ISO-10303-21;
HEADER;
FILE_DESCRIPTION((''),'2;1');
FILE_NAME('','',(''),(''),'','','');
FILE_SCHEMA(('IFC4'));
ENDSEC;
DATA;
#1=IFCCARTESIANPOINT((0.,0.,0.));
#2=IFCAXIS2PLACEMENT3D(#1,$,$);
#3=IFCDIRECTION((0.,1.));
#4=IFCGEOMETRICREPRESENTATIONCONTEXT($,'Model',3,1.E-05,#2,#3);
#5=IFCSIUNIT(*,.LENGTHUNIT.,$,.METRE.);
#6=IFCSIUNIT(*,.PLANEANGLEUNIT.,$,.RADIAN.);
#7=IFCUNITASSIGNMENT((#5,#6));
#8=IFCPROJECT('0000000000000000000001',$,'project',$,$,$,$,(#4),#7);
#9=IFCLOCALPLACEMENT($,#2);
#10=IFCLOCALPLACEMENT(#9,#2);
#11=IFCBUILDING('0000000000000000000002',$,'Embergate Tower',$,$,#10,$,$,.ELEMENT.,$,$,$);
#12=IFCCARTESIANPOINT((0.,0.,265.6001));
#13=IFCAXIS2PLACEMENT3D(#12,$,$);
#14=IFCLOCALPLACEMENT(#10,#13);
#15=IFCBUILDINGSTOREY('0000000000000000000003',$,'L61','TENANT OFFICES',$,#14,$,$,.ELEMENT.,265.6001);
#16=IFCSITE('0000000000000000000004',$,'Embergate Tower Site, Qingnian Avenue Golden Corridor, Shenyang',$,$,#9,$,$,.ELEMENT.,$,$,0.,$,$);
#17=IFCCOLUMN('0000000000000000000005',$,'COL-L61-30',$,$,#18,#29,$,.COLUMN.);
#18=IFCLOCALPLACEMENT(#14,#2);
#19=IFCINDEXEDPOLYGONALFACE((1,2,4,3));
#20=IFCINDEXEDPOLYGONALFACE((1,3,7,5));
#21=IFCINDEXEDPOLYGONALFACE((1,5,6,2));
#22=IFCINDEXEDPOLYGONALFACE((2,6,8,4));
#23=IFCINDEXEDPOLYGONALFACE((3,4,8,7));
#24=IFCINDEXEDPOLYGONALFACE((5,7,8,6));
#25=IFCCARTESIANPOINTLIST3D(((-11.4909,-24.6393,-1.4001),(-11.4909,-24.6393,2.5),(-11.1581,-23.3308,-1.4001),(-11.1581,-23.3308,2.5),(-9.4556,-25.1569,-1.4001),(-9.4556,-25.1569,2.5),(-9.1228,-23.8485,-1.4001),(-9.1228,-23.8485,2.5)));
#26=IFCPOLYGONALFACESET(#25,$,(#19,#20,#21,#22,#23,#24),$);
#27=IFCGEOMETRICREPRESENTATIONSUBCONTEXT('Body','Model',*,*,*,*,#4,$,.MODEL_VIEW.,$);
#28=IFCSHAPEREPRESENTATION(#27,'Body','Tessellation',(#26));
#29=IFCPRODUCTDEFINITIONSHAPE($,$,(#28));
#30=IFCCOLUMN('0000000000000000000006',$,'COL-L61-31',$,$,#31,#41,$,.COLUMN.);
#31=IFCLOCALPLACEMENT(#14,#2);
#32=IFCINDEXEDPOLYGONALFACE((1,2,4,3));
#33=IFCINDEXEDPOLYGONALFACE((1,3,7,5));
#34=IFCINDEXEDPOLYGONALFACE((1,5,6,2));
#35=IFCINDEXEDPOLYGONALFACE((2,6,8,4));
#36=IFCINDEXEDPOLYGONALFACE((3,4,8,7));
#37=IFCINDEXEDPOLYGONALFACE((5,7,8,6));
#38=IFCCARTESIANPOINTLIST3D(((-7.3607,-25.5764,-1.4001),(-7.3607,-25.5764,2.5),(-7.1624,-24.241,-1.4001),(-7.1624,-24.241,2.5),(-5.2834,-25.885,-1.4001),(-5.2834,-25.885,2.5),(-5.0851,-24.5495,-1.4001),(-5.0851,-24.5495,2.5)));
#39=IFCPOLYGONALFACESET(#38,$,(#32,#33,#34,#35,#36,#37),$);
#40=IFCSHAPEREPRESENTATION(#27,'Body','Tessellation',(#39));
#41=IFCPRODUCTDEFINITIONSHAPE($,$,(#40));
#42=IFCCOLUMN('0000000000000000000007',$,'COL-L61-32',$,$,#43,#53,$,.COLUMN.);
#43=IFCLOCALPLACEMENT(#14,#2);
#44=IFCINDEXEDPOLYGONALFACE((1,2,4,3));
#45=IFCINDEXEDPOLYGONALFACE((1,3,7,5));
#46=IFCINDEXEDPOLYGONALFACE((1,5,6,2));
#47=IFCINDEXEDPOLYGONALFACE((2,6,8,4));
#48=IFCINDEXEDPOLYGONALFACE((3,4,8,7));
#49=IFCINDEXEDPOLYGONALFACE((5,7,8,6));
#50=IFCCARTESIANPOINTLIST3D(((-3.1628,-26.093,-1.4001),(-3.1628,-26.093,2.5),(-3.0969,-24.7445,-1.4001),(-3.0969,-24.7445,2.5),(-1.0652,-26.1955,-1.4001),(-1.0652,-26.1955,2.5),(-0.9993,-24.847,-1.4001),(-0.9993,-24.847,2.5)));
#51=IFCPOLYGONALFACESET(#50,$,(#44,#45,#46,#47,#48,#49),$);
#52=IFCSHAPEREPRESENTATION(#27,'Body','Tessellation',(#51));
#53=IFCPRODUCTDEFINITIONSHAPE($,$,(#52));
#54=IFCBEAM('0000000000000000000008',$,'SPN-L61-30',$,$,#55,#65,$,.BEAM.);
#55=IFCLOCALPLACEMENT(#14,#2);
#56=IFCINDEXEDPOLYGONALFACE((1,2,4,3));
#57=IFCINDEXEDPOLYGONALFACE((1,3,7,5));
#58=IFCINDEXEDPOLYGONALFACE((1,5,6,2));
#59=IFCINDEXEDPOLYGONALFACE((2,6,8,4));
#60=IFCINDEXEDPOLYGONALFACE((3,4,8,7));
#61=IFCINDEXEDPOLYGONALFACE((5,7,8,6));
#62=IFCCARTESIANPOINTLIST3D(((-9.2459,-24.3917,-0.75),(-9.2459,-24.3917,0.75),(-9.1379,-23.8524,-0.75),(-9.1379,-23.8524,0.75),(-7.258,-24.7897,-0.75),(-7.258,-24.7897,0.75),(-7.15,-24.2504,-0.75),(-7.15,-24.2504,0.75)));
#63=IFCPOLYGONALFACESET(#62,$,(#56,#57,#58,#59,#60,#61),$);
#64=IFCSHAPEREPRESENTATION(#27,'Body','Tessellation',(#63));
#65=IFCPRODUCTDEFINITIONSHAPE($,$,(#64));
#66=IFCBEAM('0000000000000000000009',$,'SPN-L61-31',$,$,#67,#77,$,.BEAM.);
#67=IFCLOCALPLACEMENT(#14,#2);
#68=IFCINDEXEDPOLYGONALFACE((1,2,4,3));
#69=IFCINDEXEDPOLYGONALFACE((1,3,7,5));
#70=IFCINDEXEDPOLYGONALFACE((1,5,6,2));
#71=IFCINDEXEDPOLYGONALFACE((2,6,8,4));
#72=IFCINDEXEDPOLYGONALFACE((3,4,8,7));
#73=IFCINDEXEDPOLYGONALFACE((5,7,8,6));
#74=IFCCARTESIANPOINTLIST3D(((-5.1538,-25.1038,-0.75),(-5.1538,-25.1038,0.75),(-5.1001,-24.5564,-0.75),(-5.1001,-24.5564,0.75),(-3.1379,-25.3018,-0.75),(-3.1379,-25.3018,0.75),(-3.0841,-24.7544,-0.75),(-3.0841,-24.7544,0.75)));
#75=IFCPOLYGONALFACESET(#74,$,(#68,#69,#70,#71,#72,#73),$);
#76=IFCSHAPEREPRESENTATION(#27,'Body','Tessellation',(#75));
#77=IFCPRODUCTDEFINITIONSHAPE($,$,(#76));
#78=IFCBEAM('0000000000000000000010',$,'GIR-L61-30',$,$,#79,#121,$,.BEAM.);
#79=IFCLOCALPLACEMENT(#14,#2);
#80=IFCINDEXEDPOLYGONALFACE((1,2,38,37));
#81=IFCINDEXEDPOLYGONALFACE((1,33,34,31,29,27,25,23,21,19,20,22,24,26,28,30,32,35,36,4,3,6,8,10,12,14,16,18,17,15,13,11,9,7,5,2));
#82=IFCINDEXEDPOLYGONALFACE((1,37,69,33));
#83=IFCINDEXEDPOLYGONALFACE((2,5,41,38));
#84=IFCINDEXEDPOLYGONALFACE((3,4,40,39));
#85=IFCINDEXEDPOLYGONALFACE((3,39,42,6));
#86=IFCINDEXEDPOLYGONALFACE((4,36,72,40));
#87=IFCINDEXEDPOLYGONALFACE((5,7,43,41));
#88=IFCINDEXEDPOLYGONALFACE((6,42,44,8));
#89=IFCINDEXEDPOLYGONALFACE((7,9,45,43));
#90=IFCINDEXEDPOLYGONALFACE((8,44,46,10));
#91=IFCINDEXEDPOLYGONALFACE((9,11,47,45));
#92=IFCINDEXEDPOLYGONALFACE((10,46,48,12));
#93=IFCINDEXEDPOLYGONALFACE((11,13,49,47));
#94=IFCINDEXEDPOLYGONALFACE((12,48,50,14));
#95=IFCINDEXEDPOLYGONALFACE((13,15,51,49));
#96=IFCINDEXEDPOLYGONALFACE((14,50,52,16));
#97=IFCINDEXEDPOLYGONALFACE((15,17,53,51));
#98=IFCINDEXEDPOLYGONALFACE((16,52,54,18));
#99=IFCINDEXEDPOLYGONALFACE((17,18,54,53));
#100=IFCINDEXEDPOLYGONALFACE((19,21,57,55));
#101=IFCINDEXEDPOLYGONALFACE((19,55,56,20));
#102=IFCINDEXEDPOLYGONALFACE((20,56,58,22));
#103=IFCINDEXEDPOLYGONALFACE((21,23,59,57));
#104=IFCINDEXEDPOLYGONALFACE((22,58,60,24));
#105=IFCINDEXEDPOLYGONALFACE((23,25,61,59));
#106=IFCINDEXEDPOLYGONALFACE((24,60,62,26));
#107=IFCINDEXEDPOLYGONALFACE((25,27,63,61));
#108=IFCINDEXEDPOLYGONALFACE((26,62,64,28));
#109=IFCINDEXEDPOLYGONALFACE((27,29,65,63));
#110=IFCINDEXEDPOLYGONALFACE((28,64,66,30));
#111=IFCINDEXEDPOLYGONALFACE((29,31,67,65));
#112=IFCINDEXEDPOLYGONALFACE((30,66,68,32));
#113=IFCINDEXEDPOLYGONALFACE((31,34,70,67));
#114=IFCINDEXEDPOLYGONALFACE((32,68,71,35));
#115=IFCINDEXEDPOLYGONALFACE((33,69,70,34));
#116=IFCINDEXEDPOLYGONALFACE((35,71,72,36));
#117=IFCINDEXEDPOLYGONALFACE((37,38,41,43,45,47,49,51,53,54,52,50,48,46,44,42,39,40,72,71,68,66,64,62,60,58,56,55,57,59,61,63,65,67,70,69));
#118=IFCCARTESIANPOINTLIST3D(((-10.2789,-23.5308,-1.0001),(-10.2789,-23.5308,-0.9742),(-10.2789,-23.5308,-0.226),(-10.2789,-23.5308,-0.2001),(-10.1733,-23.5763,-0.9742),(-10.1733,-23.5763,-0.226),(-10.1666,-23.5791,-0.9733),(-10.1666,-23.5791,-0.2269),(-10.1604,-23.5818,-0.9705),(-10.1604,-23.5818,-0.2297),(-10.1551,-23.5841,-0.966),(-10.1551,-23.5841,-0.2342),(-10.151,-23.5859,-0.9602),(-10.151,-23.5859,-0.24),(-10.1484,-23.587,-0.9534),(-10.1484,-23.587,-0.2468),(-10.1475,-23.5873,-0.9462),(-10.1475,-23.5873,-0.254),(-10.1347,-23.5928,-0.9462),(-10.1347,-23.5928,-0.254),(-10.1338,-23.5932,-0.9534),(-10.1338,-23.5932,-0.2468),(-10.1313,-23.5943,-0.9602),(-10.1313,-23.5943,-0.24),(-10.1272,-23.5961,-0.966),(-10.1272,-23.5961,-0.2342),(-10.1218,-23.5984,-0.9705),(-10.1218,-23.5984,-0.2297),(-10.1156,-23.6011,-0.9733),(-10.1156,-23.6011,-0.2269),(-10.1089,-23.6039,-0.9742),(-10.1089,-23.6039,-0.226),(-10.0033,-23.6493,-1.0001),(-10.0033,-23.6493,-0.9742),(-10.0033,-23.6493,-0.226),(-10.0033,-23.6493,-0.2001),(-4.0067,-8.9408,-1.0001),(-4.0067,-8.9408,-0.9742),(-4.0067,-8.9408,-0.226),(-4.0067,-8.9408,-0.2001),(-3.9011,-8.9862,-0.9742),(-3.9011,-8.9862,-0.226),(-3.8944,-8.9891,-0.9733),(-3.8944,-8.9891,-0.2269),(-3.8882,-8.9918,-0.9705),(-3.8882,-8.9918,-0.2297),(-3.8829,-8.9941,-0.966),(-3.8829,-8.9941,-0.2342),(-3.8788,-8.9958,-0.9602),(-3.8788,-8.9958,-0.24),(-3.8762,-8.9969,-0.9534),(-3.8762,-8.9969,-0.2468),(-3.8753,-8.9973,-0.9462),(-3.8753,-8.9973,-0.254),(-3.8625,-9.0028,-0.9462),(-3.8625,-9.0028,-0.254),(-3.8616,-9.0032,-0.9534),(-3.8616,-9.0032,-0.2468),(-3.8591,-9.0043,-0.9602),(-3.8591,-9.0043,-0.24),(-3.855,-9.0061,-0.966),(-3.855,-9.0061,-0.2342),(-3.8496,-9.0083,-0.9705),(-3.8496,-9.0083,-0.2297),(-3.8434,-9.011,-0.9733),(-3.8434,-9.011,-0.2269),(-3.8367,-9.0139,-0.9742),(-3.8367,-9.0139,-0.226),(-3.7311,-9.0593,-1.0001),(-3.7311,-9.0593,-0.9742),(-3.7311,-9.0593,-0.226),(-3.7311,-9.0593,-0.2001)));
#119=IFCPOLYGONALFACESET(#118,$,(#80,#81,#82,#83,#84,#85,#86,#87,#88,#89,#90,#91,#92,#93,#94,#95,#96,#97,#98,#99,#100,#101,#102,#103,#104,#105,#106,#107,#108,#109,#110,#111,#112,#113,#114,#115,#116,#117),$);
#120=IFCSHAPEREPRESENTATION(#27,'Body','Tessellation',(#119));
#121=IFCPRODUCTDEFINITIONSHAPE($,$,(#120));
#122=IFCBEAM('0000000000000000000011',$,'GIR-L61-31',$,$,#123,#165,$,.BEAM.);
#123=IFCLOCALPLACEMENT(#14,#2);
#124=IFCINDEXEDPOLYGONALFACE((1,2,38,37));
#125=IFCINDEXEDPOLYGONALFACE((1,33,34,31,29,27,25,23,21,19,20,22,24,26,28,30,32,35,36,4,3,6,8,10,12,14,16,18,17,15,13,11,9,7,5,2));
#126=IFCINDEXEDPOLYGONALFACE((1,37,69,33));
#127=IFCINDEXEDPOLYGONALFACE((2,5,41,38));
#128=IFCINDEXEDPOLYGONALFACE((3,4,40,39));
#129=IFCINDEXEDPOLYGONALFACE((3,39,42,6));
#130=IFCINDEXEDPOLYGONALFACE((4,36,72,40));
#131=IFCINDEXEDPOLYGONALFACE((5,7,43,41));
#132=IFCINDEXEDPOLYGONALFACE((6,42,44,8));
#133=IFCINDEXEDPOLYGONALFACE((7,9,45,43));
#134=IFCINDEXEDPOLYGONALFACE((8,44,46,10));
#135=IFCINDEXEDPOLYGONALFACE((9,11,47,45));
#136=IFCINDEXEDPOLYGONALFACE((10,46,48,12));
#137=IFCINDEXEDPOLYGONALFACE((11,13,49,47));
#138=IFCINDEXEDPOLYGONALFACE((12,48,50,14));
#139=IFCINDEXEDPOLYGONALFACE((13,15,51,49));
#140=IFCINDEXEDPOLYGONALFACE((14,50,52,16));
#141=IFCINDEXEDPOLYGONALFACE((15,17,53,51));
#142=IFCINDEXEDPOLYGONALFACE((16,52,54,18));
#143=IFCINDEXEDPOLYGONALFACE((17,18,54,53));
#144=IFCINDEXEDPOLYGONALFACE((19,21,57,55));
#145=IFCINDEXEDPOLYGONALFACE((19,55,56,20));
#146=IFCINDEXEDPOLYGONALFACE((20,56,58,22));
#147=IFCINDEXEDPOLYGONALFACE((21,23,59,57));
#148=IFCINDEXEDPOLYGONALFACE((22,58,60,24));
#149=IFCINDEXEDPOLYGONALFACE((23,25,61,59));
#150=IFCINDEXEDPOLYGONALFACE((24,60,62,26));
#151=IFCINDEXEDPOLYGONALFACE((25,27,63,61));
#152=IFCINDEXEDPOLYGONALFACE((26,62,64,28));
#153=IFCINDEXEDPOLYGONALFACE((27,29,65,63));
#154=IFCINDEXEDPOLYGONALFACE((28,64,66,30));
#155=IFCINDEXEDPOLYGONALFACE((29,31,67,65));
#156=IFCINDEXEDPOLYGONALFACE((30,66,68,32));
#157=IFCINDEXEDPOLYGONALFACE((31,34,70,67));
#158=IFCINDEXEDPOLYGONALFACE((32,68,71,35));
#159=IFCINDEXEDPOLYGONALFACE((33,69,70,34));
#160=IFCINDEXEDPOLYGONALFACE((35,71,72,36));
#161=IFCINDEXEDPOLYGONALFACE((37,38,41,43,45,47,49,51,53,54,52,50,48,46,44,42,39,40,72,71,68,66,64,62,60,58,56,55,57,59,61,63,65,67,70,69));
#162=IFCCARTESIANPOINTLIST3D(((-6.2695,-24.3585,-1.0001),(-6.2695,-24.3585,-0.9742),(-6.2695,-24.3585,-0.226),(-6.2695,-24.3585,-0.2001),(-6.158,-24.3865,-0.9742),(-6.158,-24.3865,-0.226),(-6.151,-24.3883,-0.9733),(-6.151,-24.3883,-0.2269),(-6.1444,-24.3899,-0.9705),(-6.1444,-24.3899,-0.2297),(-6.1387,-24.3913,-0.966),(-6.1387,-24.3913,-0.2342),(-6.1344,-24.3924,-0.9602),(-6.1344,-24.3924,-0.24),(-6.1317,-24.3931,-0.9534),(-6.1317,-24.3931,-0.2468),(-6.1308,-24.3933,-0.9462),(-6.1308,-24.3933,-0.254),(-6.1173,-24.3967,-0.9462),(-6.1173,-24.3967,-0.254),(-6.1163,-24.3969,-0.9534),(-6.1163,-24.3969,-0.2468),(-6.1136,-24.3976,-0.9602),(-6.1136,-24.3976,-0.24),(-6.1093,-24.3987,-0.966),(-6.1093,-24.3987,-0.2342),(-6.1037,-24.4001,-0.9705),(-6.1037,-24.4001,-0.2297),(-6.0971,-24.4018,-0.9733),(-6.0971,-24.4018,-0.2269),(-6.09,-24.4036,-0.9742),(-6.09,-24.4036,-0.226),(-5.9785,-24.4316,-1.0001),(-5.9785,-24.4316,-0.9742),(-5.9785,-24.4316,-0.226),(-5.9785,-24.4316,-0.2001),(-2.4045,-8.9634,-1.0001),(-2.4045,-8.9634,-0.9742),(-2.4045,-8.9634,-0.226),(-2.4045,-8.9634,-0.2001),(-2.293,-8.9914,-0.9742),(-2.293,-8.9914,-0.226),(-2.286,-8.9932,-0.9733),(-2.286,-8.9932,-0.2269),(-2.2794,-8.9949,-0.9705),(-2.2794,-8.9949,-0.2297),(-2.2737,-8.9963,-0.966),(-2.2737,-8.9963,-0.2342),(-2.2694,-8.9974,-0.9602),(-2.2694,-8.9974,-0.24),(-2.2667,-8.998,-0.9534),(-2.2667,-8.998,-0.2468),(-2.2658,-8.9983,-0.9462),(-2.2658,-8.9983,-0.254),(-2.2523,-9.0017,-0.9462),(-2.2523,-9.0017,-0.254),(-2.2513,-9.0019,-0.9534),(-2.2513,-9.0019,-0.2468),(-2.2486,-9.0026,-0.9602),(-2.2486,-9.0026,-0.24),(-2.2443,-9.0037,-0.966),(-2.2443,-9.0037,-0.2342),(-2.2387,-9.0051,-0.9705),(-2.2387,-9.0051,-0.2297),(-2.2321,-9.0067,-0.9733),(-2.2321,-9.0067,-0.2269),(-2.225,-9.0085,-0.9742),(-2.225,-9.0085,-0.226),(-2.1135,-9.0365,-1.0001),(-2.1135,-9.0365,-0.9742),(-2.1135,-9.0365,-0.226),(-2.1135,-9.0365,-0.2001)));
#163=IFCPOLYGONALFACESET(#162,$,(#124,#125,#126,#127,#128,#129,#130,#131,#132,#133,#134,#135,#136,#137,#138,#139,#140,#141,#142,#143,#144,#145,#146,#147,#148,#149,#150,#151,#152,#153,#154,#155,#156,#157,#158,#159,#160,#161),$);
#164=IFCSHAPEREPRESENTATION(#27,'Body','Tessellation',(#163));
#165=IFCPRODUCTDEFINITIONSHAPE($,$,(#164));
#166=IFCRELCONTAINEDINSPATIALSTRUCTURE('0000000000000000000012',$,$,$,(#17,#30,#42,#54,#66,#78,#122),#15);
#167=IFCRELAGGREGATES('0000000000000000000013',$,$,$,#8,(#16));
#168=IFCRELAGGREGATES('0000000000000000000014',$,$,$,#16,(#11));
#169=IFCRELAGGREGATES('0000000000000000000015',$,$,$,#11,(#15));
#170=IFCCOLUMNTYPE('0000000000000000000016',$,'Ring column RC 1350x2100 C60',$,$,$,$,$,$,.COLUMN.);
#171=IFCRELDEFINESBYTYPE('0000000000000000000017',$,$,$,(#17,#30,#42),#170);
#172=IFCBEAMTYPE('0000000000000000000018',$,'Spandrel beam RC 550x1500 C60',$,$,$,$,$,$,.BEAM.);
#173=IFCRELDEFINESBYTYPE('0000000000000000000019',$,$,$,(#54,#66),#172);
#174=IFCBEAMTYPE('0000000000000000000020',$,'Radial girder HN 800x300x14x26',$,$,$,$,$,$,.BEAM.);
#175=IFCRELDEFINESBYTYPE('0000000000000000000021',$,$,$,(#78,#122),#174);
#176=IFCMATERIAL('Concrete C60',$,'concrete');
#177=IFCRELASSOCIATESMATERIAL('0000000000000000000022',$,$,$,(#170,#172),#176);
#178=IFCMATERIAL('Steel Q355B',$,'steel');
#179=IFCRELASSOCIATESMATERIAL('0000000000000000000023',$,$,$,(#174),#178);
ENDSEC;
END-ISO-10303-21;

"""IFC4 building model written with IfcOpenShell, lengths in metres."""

from ifc_helpers import new_model, si_unit, direction, frame, origin, origin_2d, place, context, subcontext, project, spatial, rectangle, i_section, extrude, source, transform, mapped, material, material_profile, profile_set, type_object, element, save


model = new_model("IFC4")

# Units and contexts
model_context = context("Model", 3, precision=1e-05, world=origin(), true_north=direction((0.0, 1.0)))
body_context = subcontext(model_context, "Body", "Model", "MODEL_VIEW")
ifc_project = project(units=[si_unit("LENGTHUNIT", "METRE"), si_unit("PLANEANGLEUNIT", "RADIAN")], contexts=[model_context])

# Site, building, storey
site_placement = place(None, origin())
site = spatial("IfcSite", under=ifc_project, at=site_placement, Name="Embergate Tower Site, Qingnian Avenue Golden Corridor, Shenyang", CompositionType="ELEMENT", RefElevation=0.0)
building_placement = place(site_placement, origin())
building = spatial("IfcBuilding", under=site, at=building_placement, Name="Embergate Tower", CompositionType="ELEMENT")
storey_placement = place(building_placement, frame((0.0, 0.0, 265.6001)))
storey = spatial("IfcBuildingStorey", under=building, at=storey_placement, Name="L61", Description="TENANT OFFICES", CompositionType="ELEMENT", Elevation=265.6001)

# Columns
ifc_material_1 = material(Name="Concrete C60", Category="concrete")
ifc_material_profile_1 = material_profile(ifc_material_1, rectangle(XDim=1.3501, YDim=2.1001, at=origin_2d()), Name="RC 1350x2100")
ifc_profile_set_1 = profile_set([ifc_material_profile_1], Name="Concrete C60")
column_type = type_object("IfcColumnType", Name="Ring column RC 1350x2100 C60", PredefinedType="COLUMN", material=ifc_profile_set_1)
shared_shape_1 = source(origin(), body_context, "Body", "SweptSolid", [
    extrude(rectangle(XDim=1.3501, YDim=2.1001, at=origin_2d()), origin(), (0.0, 0.0, 1.0), 3.9001),
])
for number, where, z_axis, x_axis, name in (
    (1, (-10.3069, -24.2439, -1.4001), (0.0, 0.0, 1.0), (-0.246492, -0.969145, 0.0), "COL-L61-30"),
    (2, (-6.2229, -25.063, -1.4001), (0.0, 0.0, 1.0), (-0.146929, -0.989147, 0.0), "COL-L61-31"),
    (3, (-2.0811, -25.47, -1.4001), (0.0, 0.0, 1.0), (-0.048815, -0.998808, 0.0), "COL-L61-32"),
):
    element("IfcColumn", number, at=place(storey_placement, frame(where, z_axis=z_axis, x_axis=x_axis)), inside=storey, type_object=column_type, Name=name, PredefinedType="COLUMN", context=body_context, shape_type="MappedRepresentation", body=[
        mapped(shared_shape_1, transform((0.0, 0.0, 0.0))),
    ])

# Beams
ifc_material_profile_2 = material_profile(ifc_material_1, rectangle(XDim=0.55, YDim=1.5, at=origin_2d()), Name="RC 550x1500")
ifc_profile_set_2 = profile_set([ifc_material_profile_2], Name="Concrete C60")
beam_type_1 = type_object("IfcBeamType", Name="Spandrel beam RC 550x1500 C60", PredefinedType="BEAM", material=ifc_profile_set_2)
shared_shape_2 = source(origin(), body_context, "Body", "SweptSolid", [
    extrude(rectangle(XDim=0.55, YDim=1.5, at=origin_2d()), origin(), (0.0, 0.0, 1.0), 2.0273),
])
beam_1_placement = place(storey_placement, frame((-9.1919, -24.1221, 0.0), z_axis=(0.980544, -0.196301, 0.0), x_axis=(0.196301, 0.980544, 0.0)))
element("IfcBeam", 4, at=beam_1_placement, inside=storey, type_object=beam_type_1, Name="SPN-L61-30", PredefinedType="BEAM", context=body_context, shape_type="MappedRepresentation", body=[
    mapped(shared_shape_2, transform((0.0, 0.0, 0.0))),
])
shared_shape_3 = source(origin(), body_context, "Body", "SweptSolid", [
    extrude(rectangle(XDim=0.55, YDim=1.5, at=origin_2d()), origin(), (0.0, 0.0, 1.0), 2.0256),
])
beam_2_placement = place(storey_placement, frame((-5.127, -24.8301, 0.0), z_axis=(0.995211, -0.097749, 0.0), x_axis=(0.097749, 0.995211, 0.0)))
element("IfcBeam", 5, at=beam_2_placement, inside=storey, type_object=beam_type_1, Name="SPN-L61-31", PredefinedType="BEAM", context=body_context, shape_type="MappedRepresentation", body=[
    mapped(shared_shape_3, transform((0.0, 0.0, 0.0))),
])
ifc_material_2 = material(Name="Steel Q355B", Category="steel")
ifc_material_profile_3 = material_profile(ifc_material_2, i_section(OverallWidth=0.3, OverallDepth=0.8, WebThickness=0.0139, FlangeThickness=0.0259, FilletRadius=0.0281, at=origin_2d()), Name="HN 800x300x14x26")
ifc_profile_set_3 = profile_set([ifc_material_profile_3], Name="Steel Q355 grade B")
beam_type_2 = type_object("IfcBeamType", Name="Radial girder HN 800x300x14x26", PredefinedType="BEAM", material=ifc_profile_set_3)
shared_shape_4 = source(origin(), body_context, "Body", "SweptSolid", [
    extrude(i_section(OverallWidth=0.3, OverallDepth=0.8, WebThickness=0.0139, FlangeThickness=0.0259, FilletRadius=0.0281, at=origin_2d()), origin(), (0.0, 0.0, 1.0), 15.8811),
])
beam_3_placement = place(storey_placement, frame((-10.1411, -23.5901, -0.6001), z_axis=(0.394947, 0.918704, 0.0), x_axis=(-0.918704, 0.394947, 0.0)))
element("IfcBeam", 6, at=beam_3_placement, inside=storey, type_object=beam_type_2, Name="GIR-L61-30", PredefinedType="BEAM", context=body_context, shape_type="MappedRepresentation", body=[
    mapped(shared_shape_4, transform((0.0, 0.0, 0.0))),
])
shared_shape_5 = source(origin(), body_context, "Body", "SweptSolid", [
    extrude(i_section(OverallWidth=0.3, OverallDepth=0.8, WebThickness=0.0139, FlangeThickness=0.0259, FilletRadius=0.0281, at=origin_2d()), origin(), (0.0, 0.0, 1.0), 15.8728),
])
beam_4_placement = place(storey_placement, frame((-6.124, -24.395, -0.6001), z_axis=(0.243498, 0.969901, 0.0), x_axis=(-0.969901, 0.243498, 0.0)))
element("IfcBeam", 7, at=beam_4_placement, inside=storey, type_object=beam_type_2, Name="GIR-L61-31", PredefinedType="BEAM", context=body_context, shape_type="MappedRepresentation", body=[
    mapped(shared_shape_5, transform((0.0, 0.0, 0.0))),
])

save(model, "model.ifc")
